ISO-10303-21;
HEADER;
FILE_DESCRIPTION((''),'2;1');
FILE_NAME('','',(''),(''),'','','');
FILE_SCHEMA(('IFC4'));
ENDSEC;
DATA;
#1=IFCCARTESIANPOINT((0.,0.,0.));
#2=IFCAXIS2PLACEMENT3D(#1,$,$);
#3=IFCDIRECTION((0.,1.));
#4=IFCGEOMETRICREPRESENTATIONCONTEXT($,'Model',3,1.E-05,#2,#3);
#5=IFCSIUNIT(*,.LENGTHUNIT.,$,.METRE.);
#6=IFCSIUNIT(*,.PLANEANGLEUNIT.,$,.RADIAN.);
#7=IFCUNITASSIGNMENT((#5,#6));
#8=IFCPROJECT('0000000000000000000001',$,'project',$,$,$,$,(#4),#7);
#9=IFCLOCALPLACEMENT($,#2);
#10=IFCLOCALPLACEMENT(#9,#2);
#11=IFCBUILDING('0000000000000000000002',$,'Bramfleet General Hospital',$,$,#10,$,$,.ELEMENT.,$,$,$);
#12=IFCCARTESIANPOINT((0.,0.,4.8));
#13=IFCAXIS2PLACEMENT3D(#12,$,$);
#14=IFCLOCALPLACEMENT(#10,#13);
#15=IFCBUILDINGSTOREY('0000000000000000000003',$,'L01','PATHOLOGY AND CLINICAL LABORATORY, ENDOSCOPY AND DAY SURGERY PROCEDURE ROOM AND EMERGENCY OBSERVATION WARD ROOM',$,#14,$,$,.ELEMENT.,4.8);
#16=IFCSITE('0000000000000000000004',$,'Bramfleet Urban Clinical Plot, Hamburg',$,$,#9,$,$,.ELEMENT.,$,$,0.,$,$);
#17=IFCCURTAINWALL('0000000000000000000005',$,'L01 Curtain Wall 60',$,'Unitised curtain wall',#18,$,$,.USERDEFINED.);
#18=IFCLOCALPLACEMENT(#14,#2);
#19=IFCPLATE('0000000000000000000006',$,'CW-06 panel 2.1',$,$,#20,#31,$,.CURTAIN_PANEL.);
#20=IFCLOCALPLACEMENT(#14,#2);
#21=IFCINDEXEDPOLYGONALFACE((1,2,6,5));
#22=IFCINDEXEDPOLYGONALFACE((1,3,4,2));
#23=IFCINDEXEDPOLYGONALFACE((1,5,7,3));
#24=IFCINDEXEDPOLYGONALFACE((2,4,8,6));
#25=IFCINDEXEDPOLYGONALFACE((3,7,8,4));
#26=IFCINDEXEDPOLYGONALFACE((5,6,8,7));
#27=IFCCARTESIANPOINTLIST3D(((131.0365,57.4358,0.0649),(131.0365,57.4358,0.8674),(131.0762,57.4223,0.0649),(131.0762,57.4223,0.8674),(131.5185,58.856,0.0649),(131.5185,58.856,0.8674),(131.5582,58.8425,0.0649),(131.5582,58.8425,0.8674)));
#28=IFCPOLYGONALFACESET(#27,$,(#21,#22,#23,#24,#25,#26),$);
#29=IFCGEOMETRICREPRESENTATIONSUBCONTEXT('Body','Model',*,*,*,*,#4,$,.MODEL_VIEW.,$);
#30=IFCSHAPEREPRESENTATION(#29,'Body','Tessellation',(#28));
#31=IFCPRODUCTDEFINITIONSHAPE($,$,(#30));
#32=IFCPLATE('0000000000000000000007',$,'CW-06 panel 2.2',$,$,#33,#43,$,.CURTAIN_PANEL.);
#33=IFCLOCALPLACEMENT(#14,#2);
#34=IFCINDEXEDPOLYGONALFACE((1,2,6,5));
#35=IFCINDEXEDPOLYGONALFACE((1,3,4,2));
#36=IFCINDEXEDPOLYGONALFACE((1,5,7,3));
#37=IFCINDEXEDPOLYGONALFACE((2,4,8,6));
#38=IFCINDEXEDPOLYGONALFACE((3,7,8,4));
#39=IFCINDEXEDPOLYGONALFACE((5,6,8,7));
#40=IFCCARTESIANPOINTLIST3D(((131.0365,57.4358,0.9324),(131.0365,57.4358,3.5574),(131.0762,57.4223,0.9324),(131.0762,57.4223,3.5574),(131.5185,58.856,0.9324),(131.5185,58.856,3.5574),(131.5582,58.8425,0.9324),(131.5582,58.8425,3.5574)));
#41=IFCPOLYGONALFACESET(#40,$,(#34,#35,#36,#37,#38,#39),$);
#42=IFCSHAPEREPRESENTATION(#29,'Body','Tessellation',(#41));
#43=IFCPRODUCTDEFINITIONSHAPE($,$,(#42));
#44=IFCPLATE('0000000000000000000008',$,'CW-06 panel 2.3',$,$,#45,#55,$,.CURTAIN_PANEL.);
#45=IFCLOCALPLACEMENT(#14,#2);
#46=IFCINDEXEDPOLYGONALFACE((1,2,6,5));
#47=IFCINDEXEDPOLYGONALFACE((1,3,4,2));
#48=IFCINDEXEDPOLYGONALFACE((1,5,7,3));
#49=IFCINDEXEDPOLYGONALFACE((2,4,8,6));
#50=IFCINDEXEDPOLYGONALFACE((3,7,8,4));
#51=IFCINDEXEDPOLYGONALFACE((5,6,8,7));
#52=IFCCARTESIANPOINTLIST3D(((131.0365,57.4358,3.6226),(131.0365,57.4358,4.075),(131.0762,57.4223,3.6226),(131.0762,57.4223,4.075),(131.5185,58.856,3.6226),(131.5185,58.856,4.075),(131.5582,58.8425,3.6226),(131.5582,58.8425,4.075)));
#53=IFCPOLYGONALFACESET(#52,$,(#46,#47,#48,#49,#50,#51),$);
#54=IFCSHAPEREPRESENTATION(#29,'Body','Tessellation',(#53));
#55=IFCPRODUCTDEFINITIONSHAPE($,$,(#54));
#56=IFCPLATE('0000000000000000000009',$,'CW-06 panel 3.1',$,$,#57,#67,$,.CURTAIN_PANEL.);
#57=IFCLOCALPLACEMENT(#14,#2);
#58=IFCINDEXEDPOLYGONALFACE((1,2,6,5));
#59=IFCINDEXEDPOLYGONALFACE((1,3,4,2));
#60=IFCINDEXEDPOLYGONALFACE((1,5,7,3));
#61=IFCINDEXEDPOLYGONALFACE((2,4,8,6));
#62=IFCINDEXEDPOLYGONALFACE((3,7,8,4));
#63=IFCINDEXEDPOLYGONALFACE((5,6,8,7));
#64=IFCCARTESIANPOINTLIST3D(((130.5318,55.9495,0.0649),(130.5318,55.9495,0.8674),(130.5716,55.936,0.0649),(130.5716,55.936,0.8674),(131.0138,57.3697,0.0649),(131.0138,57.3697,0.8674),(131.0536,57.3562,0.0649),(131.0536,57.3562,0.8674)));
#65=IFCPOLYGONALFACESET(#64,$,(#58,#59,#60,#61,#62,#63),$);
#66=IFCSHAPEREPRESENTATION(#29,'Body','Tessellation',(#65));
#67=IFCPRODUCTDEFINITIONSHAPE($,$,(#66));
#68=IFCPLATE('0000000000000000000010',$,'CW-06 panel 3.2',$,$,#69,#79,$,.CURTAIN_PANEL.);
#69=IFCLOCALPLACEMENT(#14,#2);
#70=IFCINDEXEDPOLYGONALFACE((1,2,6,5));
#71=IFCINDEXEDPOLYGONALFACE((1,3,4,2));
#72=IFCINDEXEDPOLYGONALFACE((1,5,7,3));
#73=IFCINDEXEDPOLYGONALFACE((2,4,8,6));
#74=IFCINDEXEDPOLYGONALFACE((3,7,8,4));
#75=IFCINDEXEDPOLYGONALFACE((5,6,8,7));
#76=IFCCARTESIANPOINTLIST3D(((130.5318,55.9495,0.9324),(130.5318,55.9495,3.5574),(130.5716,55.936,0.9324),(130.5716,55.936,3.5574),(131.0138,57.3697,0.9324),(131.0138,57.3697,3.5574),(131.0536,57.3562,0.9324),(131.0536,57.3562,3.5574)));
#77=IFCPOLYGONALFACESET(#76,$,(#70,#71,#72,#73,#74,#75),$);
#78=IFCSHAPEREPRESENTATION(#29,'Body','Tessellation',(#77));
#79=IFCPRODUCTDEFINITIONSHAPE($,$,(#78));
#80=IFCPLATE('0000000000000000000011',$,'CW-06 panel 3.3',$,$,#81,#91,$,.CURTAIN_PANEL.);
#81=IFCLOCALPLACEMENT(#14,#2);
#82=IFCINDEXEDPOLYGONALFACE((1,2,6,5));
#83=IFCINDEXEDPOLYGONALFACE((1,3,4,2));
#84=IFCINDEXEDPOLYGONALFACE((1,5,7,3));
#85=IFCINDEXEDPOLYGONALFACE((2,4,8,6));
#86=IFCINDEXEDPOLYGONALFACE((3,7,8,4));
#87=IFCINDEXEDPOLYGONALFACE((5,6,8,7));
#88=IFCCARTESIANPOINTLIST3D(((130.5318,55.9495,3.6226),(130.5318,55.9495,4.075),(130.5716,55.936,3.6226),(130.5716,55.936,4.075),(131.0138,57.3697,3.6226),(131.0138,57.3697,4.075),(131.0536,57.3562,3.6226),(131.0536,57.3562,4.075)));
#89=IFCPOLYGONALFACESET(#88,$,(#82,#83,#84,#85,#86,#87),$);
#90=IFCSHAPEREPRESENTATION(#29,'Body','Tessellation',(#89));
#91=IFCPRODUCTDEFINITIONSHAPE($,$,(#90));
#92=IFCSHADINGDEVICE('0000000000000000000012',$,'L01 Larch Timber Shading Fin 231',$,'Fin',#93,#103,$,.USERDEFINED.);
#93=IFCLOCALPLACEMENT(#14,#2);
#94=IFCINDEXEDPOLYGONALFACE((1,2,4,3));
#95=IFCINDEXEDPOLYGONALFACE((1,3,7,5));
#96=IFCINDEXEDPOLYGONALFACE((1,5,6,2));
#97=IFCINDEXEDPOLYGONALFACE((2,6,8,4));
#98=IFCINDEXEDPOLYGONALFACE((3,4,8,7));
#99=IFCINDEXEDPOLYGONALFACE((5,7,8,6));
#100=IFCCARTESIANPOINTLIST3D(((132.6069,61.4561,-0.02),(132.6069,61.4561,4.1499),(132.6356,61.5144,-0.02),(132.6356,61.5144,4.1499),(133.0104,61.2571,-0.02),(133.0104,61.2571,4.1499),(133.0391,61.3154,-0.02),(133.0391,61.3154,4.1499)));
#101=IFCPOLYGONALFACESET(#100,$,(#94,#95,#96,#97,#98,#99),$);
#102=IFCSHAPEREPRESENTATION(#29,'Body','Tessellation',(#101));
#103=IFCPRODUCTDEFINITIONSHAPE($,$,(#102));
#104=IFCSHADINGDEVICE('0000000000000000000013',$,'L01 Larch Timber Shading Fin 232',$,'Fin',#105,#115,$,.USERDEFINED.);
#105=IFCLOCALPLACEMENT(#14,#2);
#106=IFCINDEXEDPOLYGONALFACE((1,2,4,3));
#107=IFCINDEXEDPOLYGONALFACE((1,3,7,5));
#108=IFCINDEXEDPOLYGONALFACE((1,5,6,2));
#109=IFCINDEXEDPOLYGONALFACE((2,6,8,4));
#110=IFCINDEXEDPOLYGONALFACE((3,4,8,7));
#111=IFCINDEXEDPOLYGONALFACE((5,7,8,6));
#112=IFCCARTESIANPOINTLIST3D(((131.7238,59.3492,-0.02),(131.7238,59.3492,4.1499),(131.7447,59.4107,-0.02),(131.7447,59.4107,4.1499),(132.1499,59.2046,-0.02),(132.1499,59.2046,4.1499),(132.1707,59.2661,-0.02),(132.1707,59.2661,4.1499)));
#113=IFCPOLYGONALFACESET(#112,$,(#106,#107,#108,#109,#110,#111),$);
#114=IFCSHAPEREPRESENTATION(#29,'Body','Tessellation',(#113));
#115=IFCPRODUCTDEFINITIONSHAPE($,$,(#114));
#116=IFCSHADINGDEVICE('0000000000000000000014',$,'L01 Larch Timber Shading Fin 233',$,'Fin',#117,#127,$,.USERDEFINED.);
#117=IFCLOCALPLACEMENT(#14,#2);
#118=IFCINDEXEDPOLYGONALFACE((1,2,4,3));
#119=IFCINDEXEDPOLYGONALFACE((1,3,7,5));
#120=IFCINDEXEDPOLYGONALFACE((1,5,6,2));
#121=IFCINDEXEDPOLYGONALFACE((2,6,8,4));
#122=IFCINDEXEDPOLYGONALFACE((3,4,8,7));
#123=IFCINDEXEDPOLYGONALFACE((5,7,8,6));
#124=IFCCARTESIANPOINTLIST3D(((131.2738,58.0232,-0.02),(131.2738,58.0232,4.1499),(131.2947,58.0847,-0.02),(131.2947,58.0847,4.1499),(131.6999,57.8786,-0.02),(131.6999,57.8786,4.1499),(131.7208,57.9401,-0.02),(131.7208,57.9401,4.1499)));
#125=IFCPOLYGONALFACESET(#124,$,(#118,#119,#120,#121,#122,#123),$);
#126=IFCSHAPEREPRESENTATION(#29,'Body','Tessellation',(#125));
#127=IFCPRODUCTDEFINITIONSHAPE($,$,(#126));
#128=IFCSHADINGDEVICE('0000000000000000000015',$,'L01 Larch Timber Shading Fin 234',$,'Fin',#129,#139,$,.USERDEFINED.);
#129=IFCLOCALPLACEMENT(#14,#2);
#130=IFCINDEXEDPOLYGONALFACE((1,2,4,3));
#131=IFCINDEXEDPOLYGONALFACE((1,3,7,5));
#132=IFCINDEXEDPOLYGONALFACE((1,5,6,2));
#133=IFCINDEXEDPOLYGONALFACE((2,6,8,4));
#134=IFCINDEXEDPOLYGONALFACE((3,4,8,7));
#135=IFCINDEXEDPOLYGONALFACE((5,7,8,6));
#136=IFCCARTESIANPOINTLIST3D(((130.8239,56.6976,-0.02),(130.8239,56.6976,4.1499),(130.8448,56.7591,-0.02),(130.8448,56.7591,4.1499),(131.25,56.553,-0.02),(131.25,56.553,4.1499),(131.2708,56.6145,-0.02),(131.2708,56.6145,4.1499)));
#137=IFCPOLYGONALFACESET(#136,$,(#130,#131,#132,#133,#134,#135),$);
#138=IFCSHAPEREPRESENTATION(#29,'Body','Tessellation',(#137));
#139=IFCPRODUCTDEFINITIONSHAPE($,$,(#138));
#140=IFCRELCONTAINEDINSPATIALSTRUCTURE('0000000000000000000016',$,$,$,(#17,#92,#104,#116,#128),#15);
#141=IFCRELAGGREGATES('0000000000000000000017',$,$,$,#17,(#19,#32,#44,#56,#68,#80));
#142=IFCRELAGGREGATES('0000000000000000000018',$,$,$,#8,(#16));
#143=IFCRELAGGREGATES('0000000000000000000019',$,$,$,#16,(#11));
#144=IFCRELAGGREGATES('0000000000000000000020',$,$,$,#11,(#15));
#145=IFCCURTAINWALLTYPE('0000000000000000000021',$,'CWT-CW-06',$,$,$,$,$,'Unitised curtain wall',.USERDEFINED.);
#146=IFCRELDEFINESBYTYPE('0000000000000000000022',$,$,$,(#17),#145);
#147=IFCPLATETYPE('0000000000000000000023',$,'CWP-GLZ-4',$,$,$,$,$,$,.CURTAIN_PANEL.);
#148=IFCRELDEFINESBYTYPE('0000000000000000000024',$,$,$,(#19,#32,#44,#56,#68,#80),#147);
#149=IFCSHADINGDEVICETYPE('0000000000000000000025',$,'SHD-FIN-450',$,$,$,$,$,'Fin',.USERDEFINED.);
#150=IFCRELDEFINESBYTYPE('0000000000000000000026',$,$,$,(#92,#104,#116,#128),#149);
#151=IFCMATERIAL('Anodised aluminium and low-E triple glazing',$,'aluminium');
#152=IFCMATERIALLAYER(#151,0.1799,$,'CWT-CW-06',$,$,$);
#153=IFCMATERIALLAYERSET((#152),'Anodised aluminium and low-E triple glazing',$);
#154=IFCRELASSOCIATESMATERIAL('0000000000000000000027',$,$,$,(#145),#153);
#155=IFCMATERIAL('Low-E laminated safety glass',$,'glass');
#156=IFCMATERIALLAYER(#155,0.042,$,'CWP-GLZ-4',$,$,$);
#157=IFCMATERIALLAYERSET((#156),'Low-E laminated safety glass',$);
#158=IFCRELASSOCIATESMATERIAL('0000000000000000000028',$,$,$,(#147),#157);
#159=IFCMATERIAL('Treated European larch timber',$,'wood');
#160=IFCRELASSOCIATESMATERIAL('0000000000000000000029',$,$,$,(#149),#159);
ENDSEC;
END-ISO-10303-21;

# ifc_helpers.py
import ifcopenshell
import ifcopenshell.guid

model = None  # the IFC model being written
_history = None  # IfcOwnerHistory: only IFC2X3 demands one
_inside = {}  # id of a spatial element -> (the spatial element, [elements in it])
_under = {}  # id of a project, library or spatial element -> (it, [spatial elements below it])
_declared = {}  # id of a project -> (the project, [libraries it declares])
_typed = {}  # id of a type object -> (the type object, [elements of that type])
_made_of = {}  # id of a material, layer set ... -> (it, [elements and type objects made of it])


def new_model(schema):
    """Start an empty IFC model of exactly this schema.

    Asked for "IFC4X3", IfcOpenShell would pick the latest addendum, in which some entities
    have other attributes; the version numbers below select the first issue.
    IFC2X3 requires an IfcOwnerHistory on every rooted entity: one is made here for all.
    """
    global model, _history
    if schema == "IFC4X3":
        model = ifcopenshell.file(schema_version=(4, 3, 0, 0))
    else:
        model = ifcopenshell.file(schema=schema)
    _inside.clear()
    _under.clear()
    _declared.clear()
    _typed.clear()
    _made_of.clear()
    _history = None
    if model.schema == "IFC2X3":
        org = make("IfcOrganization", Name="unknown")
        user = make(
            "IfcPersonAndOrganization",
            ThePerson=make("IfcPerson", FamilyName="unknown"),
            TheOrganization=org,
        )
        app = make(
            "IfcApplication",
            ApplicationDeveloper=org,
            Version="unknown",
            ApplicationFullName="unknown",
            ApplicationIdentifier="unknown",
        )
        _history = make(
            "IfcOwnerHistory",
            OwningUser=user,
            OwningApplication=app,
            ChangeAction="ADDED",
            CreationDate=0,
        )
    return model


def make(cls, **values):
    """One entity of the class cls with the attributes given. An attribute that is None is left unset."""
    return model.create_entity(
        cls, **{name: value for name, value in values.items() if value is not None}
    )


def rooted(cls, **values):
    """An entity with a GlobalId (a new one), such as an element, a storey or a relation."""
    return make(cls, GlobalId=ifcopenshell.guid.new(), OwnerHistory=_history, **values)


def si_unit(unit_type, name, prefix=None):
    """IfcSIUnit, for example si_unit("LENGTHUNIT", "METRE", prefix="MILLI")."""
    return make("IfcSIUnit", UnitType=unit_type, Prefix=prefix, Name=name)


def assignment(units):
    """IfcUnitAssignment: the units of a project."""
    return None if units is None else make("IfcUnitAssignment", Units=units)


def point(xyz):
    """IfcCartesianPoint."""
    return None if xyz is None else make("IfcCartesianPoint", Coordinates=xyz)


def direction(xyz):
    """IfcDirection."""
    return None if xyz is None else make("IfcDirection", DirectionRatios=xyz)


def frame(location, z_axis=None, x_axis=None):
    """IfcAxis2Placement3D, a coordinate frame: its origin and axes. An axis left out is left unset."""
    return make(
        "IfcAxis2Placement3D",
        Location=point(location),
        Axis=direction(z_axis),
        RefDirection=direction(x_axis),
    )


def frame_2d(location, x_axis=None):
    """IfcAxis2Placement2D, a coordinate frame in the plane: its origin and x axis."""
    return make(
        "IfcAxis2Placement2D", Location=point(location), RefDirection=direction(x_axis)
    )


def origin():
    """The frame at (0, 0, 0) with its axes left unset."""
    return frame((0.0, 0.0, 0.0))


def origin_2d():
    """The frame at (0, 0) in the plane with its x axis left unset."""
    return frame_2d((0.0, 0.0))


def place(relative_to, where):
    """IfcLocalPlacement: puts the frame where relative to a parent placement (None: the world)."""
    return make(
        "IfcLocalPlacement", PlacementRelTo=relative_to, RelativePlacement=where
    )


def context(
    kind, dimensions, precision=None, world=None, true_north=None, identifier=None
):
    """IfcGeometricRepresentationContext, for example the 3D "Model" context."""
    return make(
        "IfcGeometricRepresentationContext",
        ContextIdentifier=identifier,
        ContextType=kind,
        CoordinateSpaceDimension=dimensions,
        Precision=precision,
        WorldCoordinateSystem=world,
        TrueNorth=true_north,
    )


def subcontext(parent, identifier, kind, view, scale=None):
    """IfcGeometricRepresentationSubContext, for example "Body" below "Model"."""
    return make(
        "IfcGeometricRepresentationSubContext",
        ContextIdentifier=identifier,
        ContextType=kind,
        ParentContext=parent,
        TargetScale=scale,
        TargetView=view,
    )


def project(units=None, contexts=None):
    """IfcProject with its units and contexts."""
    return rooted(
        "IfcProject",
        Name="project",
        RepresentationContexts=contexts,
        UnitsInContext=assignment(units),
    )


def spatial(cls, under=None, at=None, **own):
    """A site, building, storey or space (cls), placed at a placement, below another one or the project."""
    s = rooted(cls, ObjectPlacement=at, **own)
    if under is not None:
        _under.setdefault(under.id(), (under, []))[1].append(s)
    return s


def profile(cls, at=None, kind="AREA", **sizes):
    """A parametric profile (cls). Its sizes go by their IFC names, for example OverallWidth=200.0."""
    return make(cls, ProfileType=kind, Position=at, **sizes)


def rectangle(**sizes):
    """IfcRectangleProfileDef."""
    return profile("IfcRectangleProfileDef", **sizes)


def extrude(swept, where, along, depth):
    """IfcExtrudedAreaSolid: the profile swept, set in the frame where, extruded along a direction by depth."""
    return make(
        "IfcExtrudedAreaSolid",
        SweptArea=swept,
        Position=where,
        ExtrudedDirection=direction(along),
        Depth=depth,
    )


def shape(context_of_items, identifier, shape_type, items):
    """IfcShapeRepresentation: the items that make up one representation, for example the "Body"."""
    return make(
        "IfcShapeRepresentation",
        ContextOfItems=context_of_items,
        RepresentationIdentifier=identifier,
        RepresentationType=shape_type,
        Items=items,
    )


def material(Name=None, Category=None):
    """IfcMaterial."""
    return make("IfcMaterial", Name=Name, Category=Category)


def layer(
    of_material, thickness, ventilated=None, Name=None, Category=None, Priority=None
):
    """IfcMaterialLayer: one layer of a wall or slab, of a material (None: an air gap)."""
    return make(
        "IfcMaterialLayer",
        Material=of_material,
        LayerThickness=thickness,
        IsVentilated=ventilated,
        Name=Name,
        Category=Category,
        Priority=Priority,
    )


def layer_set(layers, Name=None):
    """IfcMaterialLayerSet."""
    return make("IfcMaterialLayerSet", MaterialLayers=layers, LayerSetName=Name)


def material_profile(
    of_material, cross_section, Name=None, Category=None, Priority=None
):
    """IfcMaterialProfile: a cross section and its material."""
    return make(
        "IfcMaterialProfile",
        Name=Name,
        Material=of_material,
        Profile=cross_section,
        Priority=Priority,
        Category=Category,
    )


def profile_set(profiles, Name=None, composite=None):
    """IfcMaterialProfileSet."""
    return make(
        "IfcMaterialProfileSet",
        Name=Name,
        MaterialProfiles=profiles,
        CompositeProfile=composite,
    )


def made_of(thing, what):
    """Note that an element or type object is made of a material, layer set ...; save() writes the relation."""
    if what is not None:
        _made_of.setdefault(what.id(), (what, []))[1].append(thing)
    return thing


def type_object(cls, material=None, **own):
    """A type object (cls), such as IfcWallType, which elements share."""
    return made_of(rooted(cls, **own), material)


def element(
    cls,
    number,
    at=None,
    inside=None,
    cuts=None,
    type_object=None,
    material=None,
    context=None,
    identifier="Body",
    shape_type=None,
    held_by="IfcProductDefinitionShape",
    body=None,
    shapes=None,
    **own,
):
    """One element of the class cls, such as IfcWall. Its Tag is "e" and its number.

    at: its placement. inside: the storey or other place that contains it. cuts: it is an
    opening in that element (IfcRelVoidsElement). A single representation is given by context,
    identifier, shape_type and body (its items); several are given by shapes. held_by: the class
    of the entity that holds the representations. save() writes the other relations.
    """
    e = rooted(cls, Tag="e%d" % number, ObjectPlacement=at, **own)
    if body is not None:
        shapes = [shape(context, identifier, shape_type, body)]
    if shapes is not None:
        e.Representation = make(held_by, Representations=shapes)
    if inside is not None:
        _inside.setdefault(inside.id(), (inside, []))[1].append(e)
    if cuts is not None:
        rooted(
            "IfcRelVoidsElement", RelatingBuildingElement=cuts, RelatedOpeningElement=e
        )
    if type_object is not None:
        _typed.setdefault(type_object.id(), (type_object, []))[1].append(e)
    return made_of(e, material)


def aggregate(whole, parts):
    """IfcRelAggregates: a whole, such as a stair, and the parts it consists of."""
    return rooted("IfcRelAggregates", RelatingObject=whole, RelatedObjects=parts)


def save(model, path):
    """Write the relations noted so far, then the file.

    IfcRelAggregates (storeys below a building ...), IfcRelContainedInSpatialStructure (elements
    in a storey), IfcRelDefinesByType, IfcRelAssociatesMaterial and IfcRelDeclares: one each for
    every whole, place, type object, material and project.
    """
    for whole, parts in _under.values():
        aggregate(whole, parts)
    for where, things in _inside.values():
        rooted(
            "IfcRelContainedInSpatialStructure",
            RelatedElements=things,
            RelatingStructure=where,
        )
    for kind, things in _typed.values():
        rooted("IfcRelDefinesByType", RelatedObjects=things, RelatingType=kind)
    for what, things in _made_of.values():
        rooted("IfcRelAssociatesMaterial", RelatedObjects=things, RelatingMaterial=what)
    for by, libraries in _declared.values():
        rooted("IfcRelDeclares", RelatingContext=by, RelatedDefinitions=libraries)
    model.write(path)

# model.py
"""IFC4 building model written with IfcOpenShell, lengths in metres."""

from ifc_helpers import new_model, si_unit, direction, frame, origin, origin_2d, place, context, subcontext, project, spatial, rectangle, extrude, material, layer, layer_set, material_profile, profile_set, type_object, element, aggregate, save


model = new_model("IFC4")

# Units and contexts
model_context = context("Model", 3, precision=1e-05, world=origin(), true_north=direction((0.0, 1.0)))
body_context = subcontext(model_context, "Body", "Model", "MODEL_VIEW")
ifc_project = project(units=[si_unit("LENGTHUNIT", "METRE"), si_unit("PLANEANGLEUNIT", "RADIAN")], contexts=[model_context])

# Site, building, storey
site_placement = place(None, origin())
site = spatial("IfcSite", under=ifc_project, at=site_placement, Name="Bramfleet Urban Clinical Plot, Hamburg", CompositionType="ELEMENT", RefElevation=0.0)
building_placement = place(site_placement, origin())
building = spatial("IfcBuilding", under=site, at=building_placement, Name="Bramfleet General Hospital", CompositionType="ELEMENT")
storey_placement = place(building_placement, frame((0.0, 0.0, 4.8)))
storey = spatial("IfcBuildingStorey", under=building, at=storey_placement, Name="L01", Description="PATHOLOGY AND CLINICAL LABORATORY, ENDOSCOPY AND DAY SURGERY PROCEDURE ROOM AND EMERGENCY OBSERVATION WARD ROOM", CompositionType="ELEMENT", Elevation=4.8)

# Curtain wall
ifc_material_1 = material(Name="Anodised aluminium and low-E triple glazing", Category="aluminium")
ifc_layer_1 = layer(ifc_material_1, 0.1799, Name="CWT-CW-06")
ifc_layer_set_1 = layer_set([ifc_layer_1], Name="Anodised aluminium and low-E triple glazing")
curtain_wall_type_1 = type_object("IfcCurtainWallType", Name="CWT-CW-06", ElementType="Unitised curtain wall", PredefinedType="USERDEFINED", material=ifc_layer_set_1)
curtain_wall_1_placement = place(storey_placement, origin())
curtain_wall_1 = element("IfcCurtainWall", 1, at=curtain_wall_1_placement, inside=storey, type_object=curtain_wall_type_1, Name="L01 Curtain Wall 60", ObjectType="Unitised curtain wall", PredefinedType="USERDEFINED")

# Plates
ifc_material_2 = material(Name="Low-E laminated safety glass", Category="glass")
ifc_layer_2 = layer(ifc_material_2, 0.042, Name="CWP-GLZ-4")
ifc_layer_set_2 = layer_set([ifc_layer_2], Name="Low-E laminated safety glass")
plate_type_1 = type_object("IfcPlateType", Name="CWP-GLZ-4", PredefinedType="CURTAIN_PANEL", material=ifc_layer_set_2)
plate_1_placement = place(storey_placement, frame((131.2974, 58.1392, 0.0649), z_axis=(0.0, 0.0, 1.0), x_axis=(-0.321383, -0.946949, 0.0)))
plate_1 = element("IfcPlate", 2, at=plate_1_placement, type_object=plate_type_1, Name="CW-06 panel 2.1", PredefinedType="CURTAIN_PANEL", context=body_context, shape_type="SweptSolid", body=[
    extrude(rectangle(XDim=1.4998, YDim=0.042, at=origin_2d()), origin(), (0.0, 0.0, 1.0), 0.8025),
])
plate_2_placement = place(storey_placement, frame((131.2974, 58.1392, 0.9324), z_axis=(0.0, 0.0, 1.0), x_axis=(-0.321383, -0.946949, 0.0)))
plate_2 = element("IfcPlate", 3, at=plate_2_placement, type_object=plate_type_1, Name="CW-06 panel 2.2", PredefinedType="CURTAIN_PANEL", context=body_context, shape_type="SweptSolid", body=[
    extrude(rectangle(XDim=1.4998, YDim=0.042, at=origin_2d()), origin(), (0.0, 0.0, 1.0), 2.625),
])
plate_3_placement = place(storey_placement, frame((131.2974, 58.1392, 3.6226), z_axis=(0.0, 0.0, 1.0), x_axis=(-0.321383, -0.946949, 0.0)))
plate_3 = element("IfcPlate", 4, at=plate_3_placement, type_object=plate_type_1, Name="CW-06 panel 2.3", PredefinedType="CURTAIN_PANEL", context=body_context, shape_type="SweptSolid", body=[
    extrude(rectangle(XDim=1.4998, YDim=0.042, at=origin_2d()), origin(), (0.0, 0.0, 1.0), 0.4524),
])
plate_4_placement = place(storey_placement, frame((130.7927, 56.6528, 0.0649), z_axis=(0.0, 0.0, 1.0), x_axis=(-0.321383, -0.946949, 0.0)))
plate_4 = element("IfcPlate", 5, at=plate_4_placement, type_object=plate_type_1, Name="CW-06 panel 3.1", PredefinedType="CURTAIN_PANEL", context=body_context, shape_type="SweptSolid", body=[
    extrude(rectangle(XDim=1.4998, YDim=0.042, at=origin_2d()), origin(), (0.0, 0.0, 1.0), 0.8025),
])
plate_5_placement = place(storey_placement, frame((130.7927, 56.6528, 0.9324), z_axis=(0.0, 0.0, 1.0), x_axis=(-0.321383, -0.946949, 0.0)))
plate_5 = element("IfcPlate", 6, at=plate_5_placement, type_object=plate_type_1, Name="CW-06 panel 3.2", PredefinedType="CURTAIN_PANEL", context=body_context, shape_type="SweptSolid", body=[
    extrude(rectangle(XDim=1.4998, YDim=0.042, at=origin_2d()), origin(), (0.0, 0.0, 1.0), 2.625),
])
plate_6_placement = place(storey_placement, frame((130.7927, 56.6528, 3.6226), z_axis=(0.0, 0.0, 1.0), x_axis=(-0.321383, -0.946949, 0.0)))
plate_6 = element("IfcPlate", 7, at=plate_6_placement, type_object=plate_type_1, Name="CW-06 panel 3.3", PredefinedType="CURTAIN_PANEL", context=body_context, shape_type="SweptSolid", body=[
    extrude(rectangle(XDim=1.4998, YDim=0.042, at=origin_2d()), origin(), (0.0, 0.0, 1.0), 0.4524),
])
aggregate(curtain_wall_1, [plate_1, plate_2, plate_3, plate_4, plate_5, plate_6])

# Shading devices
ifc_material_3 = material(Name="Treated European larch timber", Category="wood")
ifc_material_profile_1 = material_profile(ifc_material_3, rectangle(XDim=0.0649, YDim=0.45, at=origin_2d()), Name="LARCH FIN 450x65")
ifc_profile_set_1 = profile_set([ifc_material_profile_1], Name="Treated European larch timber")
shading_device_type = type_object("IfcShadingDeviceType", Name="SHD-FIN-450", ElementType="Fin", PredefinedType="USERDEFINED", material=ifc_profile_set_1)
for number, where, z_axis, x_axis, name in (
    (8, (132.823, 61.3857, -0.02), (0.0, 0.0, 1.0), (-0.442305, -0.896865, 0.0), "L01 Larch Timber Shading Fin 231"),
    (9, (131.9473, 59.3076, -0.02), (0.0, 0.0, 1.0), (-0.321383, -0.946949, 0.0), "L01 Larch Timber Shading Fin 232"),
    (10, (131.4973, 57.9817, -0.02), (0.0, 0.0, 1.0), (-0.321383, -0.946949, 0.0), "L01 Larch Timber Shading Fin 233"),
    (11, (131.0474, 56.656, -0.02), (0.0, 0.0, 1.0), (-0.321383, -0.946949, 0.0), "L01 Larch Timber Shading Fin 234"),
):
    element("IfcShadingDevice", number, at=place(storey_placement, frame(where, z_axis=z_axis, x_axis=x_axis)), inside=storey, type_object=shading_device_type, Name=name, ObjectType="Fin", PredefinedType="USERDEFINED", context=body_context, shape_type="SweptSolid", body=[
        extrude(rectangle(XDim=0.0649, YDim=0.45, at=origin_2d()), origin(), (0.0, 0.0, 1.0), 4.1699),
    ])

save(model, "model.ifc")
